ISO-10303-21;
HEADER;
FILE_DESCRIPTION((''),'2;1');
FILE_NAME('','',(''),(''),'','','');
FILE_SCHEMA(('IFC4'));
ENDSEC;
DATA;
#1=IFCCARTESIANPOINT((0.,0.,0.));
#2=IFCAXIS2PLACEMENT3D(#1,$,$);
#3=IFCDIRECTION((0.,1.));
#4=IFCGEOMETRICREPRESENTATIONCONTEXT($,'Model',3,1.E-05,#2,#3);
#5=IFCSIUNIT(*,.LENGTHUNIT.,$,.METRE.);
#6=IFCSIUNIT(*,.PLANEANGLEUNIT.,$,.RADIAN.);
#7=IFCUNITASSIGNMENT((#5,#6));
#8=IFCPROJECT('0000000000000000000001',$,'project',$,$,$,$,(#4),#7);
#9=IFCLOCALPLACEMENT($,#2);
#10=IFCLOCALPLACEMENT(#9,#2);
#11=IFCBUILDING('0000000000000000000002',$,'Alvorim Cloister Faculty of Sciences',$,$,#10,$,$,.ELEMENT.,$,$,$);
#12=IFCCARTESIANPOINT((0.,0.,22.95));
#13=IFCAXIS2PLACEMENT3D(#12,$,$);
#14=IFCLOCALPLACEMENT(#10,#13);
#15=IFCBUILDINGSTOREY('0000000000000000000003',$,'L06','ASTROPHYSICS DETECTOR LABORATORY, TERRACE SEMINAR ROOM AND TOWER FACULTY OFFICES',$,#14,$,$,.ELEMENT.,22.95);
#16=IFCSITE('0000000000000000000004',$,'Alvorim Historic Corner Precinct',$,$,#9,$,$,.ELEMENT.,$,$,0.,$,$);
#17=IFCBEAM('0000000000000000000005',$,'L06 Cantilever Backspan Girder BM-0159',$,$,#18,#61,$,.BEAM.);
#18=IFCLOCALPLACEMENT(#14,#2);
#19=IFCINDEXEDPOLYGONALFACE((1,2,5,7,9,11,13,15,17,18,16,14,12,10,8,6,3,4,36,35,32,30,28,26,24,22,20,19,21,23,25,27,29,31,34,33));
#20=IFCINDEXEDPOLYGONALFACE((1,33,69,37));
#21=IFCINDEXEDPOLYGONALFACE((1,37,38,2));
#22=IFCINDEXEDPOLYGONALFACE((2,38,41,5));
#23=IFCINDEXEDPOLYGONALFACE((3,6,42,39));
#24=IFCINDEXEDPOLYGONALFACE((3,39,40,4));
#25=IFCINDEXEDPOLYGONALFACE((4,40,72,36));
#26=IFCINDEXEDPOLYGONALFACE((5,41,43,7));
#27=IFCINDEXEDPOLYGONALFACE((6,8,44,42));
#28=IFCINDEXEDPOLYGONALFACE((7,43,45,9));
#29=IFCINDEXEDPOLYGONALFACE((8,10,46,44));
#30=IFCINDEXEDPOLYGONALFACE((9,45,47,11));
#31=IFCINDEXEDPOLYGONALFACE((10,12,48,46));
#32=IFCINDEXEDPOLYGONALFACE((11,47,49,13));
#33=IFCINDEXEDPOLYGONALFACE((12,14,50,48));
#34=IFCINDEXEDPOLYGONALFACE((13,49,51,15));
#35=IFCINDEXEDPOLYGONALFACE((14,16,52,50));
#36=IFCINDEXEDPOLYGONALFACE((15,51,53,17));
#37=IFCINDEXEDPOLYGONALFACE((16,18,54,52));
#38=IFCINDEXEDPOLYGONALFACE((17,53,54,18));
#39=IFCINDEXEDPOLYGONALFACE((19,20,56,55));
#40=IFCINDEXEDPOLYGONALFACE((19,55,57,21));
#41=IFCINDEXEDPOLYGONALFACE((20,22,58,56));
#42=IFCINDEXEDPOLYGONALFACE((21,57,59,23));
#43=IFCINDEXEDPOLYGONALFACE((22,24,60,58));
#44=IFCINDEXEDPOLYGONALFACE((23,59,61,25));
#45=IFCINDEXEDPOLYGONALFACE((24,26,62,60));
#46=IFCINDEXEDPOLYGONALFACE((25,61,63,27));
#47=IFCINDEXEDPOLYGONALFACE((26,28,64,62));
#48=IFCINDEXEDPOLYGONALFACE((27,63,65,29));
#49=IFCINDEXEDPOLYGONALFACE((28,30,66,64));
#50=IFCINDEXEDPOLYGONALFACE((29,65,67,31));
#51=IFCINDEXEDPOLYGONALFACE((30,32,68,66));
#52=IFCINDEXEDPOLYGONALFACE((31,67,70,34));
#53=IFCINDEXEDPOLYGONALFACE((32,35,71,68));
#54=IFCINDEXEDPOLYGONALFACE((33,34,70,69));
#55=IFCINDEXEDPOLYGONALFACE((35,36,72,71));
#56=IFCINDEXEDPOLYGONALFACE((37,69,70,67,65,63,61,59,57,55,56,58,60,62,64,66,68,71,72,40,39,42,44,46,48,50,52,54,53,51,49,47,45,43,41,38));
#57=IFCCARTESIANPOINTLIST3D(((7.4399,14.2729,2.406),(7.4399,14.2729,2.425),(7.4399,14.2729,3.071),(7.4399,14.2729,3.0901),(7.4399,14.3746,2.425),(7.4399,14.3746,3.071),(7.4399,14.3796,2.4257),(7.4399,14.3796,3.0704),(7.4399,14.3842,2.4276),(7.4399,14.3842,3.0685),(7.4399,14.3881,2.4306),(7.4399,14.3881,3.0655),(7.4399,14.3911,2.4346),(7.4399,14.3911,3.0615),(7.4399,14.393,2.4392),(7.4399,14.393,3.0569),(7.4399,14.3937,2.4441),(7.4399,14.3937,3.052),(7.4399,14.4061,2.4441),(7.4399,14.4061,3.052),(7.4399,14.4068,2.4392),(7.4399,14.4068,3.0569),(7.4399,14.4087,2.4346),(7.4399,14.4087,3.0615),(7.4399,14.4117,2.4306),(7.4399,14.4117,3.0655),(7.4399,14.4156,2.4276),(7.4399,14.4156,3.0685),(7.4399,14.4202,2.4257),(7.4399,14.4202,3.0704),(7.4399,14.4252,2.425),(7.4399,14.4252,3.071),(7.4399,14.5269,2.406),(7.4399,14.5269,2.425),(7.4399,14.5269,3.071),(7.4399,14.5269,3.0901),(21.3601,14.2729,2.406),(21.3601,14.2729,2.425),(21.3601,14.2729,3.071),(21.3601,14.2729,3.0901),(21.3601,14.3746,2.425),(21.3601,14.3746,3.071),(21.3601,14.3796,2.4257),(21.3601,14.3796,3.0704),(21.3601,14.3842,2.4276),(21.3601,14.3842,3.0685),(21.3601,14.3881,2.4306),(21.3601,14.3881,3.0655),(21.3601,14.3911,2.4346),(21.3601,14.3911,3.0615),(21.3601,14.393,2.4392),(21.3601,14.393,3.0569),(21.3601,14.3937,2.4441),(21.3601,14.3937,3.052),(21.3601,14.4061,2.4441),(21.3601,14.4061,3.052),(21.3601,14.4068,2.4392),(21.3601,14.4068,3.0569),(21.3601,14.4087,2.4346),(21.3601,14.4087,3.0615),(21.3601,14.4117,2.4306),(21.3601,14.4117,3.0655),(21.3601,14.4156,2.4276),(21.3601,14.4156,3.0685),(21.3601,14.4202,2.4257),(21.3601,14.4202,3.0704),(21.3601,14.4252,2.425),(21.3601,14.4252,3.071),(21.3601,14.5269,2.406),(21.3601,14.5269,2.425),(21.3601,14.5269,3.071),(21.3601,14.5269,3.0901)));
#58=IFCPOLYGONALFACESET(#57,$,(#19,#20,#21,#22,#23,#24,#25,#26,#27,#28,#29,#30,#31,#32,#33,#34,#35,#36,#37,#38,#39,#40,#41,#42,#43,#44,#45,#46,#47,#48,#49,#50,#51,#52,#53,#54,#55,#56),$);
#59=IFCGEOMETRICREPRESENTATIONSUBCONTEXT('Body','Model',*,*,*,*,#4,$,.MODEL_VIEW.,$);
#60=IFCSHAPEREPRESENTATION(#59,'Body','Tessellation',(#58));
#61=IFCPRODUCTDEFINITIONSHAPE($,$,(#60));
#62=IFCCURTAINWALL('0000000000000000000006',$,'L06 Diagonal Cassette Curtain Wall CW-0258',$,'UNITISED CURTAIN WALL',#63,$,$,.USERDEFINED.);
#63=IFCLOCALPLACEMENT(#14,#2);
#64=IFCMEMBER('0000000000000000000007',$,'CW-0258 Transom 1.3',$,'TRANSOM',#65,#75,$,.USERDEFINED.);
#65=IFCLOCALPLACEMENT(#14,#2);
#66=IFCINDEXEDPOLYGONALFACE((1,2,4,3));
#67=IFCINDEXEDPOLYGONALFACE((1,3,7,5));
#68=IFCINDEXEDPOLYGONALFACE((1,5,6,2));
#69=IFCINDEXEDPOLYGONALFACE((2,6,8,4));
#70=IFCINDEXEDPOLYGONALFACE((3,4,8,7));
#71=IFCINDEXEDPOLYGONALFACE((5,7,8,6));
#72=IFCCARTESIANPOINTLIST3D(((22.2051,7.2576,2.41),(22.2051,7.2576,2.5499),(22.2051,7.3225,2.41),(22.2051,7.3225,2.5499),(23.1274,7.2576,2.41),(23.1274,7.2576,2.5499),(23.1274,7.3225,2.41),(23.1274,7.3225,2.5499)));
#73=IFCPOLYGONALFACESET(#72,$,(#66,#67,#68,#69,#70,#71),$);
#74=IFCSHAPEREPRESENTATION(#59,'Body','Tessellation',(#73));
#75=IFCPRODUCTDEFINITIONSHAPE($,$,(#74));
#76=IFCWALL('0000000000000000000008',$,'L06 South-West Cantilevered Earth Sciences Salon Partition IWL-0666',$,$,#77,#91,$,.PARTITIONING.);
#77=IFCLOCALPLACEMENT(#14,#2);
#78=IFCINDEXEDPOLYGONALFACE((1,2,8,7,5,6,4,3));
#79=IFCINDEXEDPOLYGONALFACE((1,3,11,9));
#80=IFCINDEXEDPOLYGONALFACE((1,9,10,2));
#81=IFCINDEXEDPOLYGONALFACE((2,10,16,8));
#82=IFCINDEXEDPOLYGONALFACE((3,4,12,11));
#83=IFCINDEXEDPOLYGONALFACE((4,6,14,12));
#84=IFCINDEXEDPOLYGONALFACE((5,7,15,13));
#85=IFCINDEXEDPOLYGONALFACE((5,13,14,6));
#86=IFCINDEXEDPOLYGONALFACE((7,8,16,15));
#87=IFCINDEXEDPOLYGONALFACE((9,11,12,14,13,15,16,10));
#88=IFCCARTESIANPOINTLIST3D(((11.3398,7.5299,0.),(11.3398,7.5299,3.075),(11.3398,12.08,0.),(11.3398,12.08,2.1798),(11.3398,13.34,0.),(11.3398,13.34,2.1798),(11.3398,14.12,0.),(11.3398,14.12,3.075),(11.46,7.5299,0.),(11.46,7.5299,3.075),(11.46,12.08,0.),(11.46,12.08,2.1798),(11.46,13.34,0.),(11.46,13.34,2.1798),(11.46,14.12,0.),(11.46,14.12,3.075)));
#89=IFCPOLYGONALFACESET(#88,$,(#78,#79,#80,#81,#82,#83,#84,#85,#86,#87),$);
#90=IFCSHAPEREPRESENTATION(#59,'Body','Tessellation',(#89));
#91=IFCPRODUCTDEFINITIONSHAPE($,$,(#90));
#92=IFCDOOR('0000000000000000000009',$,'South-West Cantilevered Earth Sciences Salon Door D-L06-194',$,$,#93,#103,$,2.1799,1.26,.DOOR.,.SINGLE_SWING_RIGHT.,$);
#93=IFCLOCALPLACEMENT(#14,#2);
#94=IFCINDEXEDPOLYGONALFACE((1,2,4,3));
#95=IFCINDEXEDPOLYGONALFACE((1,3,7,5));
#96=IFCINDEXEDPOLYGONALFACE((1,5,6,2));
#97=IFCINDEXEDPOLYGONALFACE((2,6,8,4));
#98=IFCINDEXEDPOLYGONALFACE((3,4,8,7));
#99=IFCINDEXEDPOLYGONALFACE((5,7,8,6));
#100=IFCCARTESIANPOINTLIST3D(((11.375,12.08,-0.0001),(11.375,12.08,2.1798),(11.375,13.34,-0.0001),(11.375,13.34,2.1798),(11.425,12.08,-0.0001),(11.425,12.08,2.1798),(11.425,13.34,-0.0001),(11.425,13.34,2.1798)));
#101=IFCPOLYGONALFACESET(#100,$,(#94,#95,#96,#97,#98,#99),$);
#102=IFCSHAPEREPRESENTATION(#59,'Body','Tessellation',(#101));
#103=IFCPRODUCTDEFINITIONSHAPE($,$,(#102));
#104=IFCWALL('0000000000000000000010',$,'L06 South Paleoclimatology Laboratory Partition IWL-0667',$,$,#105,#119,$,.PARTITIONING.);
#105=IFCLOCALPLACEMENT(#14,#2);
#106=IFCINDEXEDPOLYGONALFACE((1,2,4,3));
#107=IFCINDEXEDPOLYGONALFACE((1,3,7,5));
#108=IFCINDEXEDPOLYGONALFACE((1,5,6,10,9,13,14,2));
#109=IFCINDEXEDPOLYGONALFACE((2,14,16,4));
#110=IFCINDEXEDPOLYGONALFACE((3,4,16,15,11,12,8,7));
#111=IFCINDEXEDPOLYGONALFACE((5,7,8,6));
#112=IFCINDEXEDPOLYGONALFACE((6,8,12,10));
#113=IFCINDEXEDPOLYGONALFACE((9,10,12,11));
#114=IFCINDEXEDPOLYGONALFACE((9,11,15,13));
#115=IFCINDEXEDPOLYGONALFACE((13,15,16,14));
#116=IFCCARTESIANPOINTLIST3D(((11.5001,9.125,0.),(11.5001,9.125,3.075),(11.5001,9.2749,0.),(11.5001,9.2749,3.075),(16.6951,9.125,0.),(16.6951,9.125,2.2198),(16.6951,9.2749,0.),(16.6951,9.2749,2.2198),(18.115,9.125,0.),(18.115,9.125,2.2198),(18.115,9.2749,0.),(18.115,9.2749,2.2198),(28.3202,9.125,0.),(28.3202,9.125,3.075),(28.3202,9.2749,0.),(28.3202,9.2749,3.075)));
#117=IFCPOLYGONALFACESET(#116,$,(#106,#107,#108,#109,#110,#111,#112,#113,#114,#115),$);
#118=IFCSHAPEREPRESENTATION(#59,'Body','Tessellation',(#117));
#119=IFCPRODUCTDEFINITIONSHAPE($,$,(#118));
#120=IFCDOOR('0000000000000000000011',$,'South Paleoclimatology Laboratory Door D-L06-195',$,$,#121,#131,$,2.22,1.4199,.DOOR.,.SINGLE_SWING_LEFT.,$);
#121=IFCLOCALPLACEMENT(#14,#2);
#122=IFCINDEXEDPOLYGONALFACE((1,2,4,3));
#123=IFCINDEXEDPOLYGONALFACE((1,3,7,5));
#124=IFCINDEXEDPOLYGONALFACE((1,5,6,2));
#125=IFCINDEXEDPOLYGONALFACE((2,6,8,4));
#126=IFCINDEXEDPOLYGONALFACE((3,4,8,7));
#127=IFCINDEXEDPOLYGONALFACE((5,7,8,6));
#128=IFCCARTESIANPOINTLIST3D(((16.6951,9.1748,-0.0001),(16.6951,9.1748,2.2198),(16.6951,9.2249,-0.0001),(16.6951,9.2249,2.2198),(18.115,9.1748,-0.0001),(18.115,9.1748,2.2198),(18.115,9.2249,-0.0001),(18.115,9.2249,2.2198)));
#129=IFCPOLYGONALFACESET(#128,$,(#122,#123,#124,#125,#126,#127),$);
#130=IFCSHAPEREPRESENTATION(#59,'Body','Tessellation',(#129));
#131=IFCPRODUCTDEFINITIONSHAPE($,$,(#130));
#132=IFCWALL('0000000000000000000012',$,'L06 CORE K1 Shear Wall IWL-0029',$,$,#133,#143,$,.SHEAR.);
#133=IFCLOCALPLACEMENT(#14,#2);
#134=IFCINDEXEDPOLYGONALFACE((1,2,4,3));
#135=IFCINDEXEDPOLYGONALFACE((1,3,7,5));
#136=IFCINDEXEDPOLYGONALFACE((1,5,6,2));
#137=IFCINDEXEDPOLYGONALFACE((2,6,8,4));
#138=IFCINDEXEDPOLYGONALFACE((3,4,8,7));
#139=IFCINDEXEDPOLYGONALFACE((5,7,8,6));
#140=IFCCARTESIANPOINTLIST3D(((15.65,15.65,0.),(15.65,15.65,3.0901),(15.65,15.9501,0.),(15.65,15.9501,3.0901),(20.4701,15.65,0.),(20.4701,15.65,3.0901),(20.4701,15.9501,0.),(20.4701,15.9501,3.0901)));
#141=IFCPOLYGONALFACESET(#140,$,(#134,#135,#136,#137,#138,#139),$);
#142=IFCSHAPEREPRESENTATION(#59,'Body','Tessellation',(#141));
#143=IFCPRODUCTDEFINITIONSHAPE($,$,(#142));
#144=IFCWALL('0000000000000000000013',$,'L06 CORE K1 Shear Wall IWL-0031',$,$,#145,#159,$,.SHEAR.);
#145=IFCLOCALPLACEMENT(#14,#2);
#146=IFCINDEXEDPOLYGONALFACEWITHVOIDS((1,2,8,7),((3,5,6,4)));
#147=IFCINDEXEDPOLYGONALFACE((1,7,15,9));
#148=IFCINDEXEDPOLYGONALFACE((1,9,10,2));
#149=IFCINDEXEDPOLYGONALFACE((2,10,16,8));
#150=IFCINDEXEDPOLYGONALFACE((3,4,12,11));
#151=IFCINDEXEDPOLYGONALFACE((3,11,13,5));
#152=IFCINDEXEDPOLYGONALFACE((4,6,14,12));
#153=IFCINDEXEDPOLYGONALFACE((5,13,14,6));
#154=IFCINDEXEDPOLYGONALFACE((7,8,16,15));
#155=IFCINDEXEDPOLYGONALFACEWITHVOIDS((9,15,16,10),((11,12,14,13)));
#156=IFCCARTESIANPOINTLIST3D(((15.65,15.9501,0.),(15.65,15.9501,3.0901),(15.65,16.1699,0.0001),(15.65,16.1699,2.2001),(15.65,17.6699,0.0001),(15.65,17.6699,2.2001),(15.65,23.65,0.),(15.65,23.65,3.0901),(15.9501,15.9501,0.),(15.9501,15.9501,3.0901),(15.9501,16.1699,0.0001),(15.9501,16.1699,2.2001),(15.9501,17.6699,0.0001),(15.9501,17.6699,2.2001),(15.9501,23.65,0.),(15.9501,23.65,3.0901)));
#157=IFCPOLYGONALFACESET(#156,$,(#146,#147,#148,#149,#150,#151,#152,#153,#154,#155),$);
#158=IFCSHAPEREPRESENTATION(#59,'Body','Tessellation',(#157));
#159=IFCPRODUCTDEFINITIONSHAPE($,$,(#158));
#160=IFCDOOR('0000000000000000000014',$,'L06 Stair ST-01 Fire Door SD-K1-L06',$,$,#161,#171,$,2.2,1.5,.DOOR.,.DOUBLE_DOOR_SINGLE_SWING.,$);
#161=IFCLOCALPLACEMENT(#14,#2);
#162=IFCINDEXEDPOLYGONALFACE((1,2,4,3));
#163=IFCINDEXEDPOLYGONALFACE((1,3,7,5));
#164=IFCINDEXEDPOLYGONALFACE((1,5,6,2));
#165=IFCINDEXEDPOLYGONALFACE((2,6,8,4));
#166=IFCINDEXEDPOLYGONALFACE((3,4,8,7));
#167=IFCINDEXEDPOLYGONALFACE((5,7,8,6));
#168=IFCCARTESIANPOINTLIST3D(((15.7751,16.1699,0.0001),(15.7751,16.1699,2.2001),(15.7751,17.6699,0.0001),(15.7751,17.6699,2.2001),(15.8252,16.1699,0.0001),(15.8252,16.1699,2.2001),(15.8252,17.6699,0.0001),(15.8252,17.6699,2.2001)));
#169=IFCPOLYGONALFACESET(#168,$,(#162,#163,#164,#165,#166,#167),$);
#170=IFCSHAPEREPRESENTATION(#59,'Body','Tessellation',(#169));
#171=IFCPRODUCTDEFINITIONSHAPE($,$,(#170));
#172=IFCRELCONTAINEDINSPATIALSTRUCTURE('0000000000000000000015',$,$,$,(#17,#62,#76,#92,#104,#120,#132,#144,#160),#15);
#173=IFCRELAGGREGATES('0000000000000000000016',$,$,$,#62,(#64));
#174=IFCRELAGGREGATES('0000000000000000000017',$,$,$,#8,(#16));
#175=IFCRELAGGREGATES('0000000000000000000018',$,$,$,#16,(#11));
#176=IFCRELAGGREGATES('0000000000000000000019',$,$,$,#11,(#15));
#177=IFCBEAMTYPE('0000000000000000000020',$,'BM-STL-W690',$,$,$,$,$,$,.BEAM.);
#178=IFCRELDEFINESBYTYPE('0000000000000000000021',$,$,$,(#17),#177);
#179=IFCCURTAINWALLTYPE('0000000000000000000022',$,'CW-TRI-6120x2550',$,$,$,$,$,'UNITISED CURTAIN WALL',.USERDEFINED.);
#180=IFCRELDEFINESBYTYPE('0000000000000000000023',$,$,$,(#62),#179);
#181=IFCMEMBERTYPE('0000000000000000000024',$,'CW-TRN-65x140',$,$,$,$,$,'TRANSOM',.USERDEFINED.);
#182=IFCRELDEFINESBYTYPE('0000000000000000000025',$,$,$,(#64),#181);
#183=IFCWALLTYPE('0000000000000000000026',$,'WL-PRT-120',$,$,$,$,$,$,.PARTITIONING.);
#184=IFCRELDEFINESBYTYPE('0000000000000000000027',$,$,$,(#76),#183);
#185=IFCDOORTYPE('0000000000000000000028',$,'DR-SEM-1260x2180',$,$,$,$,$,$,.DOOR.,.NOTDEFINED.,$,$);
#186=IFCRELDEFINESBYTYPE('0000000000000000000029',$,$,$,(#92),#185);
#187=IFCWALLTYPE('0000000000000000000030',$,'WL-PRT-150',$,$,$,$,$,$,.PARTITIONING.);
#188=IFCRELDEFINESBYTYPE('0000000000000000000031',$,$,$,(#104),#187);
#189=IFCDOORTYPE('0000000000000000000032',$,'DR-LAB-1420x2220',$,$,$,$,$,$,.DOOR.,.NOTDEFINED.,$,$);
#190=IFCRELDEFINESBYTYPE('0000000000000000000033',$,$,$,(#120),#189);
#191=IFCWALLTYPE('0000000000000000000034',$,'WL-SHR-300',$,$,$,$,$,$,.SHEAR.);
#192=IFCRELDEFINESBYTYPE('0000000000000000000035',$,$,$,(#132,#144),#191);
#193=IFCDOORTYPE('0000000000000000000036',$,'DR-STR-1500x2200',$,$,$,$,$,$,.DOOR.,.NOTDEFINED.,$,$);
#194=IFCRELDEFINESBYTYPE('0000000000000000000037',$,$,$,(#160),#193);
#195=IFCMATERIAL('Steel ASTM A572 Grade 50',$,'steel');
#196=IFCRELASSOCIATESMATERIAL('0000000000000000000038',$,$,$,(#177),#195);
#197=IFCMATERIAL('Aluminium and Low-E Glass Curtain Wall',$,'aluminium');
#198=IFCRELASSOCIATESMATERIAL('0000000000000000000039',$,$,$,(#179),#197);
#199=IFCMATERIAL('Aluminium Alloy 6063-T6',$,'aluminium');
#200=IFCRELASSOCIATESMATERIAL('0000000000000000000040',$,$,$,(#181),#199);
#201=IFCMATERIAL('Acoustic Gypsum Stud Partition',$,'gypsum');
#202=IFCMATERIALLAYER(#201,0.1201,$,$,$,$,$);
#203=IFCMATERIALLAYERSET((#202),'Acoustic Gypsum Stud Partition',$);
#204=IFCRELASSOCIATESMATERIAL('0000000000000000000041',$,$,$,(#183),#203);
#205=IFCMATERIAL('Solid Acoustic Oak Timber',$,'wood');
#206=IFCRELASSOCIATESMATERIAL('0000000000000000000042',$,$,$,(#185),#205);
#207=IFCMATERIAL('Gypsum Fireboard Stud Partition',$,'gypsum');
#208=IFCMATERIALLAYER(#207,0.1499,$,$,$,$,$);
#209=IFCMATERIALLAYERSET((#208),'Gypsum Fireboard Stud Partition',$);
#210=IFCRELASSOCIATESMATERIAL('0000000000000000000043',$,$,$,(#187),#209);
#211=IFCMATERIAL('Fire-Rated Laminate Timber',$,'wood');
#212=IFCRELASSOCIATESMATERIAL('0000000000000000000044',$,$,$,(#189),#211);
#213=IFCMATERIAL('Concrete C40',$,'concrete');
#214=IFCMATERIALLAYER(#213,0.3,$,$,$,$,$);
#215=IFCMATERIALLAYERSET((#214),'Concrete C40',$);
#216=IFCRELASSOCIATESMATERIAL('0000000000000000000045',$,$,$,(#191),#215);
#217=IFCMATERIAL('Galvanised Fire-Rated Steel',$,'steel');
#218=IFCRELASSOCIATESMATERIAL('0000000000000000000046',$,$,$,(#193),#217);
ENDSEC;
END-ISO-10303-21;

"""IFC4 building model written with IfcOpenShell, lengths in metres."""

from ifc_helpers import new_model, si_unit, direction, frame, frame_2d, origin, origin_2d, place, context, subcontext, project, spatial, rectangle, i_section, extrude, material, layer, layer_set, material_profile, profile_set, type_object, element, fill, aggregate, save


model = new_model("IFC4")

# Units and contexts
model_context = context("Model", 3, precision=1e-05, world=origin(), true_north=direction((0.0, 1.0)))
body_context = subcontext(model_context, "Body", "Model", "MODEL_VIEW")
ifc_project = project(units=[si_unit("LENGTHUNIT", "METRE"), si_unit("PLANEANGLEUNIT", "RADIAN")], contexts=[model_context])

# Site, building, storey
site_placement = place(None, origin())
site = spatial("IfcSite", under=ifc_project, at=site_placement, Name="Alvorim Historic Corner Precinct", CompositionType="ELEMENT", RefElevation=0.0)
building_placement = place(site_placement, origin())
building = spatial("IfcBuilding", under=site, at=building_placement, Name="Alvorim Cloister Faculty of Sciences", CompositionType="ELEMENT")
storey_placement = place(building_placement, frame((0.0, 0.0, 22.95)))
storey = spatial("IfcBuildingStorey", under=building, at=storey_placement, Name="L06", Description="ASTROPHYSICS DETECTOR LABORATORY, TERRACE SEMINAR ROOM AND TOWER FACULTY OFFICES", CompositionType="ELEMENT", Elevation=22.95)

# Beam
ifc_material_1 = material(Name="Steel ASTM A572 Grade 50", Category="steel")
ifc_material_profile_1 = material_profile(ifc_material_1, i_section(OverallWidth=0.2539, OverallDepth=0.6841, WebThickness=0.0125, FlangeThickness=0.019, FilletRadius=0.019, at=origin_2d()), Name="W690x140.0")
ifc_profile_set_1 = profile_set([ifc_material_profile_1], Name="Steel ASTM A572 Grade 50")
beam_type_1 = type_object("IfcBeamType", Name="BM-STL-W690", PredefinedType="BEAM", material=ifc_profile_set_1)
beam_1_placement = place(storey_placement, frame((7.4399, 14.3999, 2.748), z_axis=(1.0, 0.0, 0.0), x_axis=(0.0, 1.0, 0.0)))
element("IfcBeam", 1, at=beam_1_placement, inside=storey, type_object=beam_type_1, Name="L06 Cantilever Backspan Girder BM-0159", PredefinedType="BEAM", context=body_context, shape_type="SweptSolid", body=[
    extrude(i_section(OverallWidth=0.2539, OverallDepth=0.6841, WebThickness=0.0125, FlangeThickness=0.019, FilletRadius=0.019, at=origin_2d()), origin(), (0.0, 0.0, 1.0), 13.9202),
])

# Curtain wall, member
ifc_material_2 = material(Name="Aluminium and Low-E Glass Curtain Wall", Category="aluminium")
curtain_wall_type = type_object("IfcCurtainWallType", Name="CW-TRI-6120x2550", ElementType="UNITISED CURTAIN WALL", PredefinedType="USERDEFINED", material=ifc_material_2)
curtain_wall_placement = place(storey_placement, origin())
curtain_wall = element("IfcCurtainWall", 2, at=curtain_wall_placement, inside=storey, type_object=curtain_wall_type, Name="L06 Diagonal Cassette Curtain Wall CW-0258", ObjectType="UNITISED CURTAIN WALL", PredefinedType="USERDEFINED")
ifc_material_3 = material(Name="Aluminium Alloy 6063-T6", Category="aluminium")
ifc_material_profile_2 = material_profile(ifc_material_3, rectangle(XDim=0.0649, YDim=0.1399, at=origin_2d()), Name="ALU-TRN-65x140")
ifc_profile_set_2 = profile_set([ifc_material_profile_2], Name="Aluminium Alloy 6063-T6")
member_type = type_object("IfcMemberType", Name="CW-TRN-65x140", ElementType="TRANSOM", PredefinedType="USERDEFINED", material=ifc_profile_set_2)
member_placement = place(storey_placement, frame((22.2051, 7.29, 2.48), z_axis=(1.0, 0.0, 0.0), x_axis=(0.0, 1.0, 0.0)))
member = element("IfcMember", 3, at=member_placement, type_object=member_type, Name="CW-0258 Transom 1.3", ObjectType="TRANSOM", PredefinedType="USERDEFINED", context=body_context, shape_type="SweptSolid", body=[
    extrude(rectangle(XDim=0.0649, YDim=0.1399, at=origin_2d()), origin(), (0.0, 0.0, 1.0), 0.9224),
])
aggregate(curtain_wall, [member])

# Walls, openings, doors
ifc_material_4 = material(Name="Acoustic Gypsum Stud Partition", Category="gypsum")
ifc_layer_1 = layer(ifc_material_4, 0.1201)
ifc_layer_set_1 = layer_set([ifc_layer_1], Name="Acoustic Gypsum Stud Partition")
wall_type_1 = type_object("IfcWallType", Name="WL-PRT-120", PredefinedType="PARTITIONING", material=ifc_layer_set_1)
wall_1_placement = place(storey_placement, frame((11.3999, 7.53, 0.0), z_axis=(0.0, 0.0, 1.0), x_axis=(0.0, 1.0, 0.0)))
wall_1 = element("IfcWall", 4, at=wall_1_placement, inside=storey, type_object=wall_type_1, Name="L06 South-West Cantilevered Earth Sciences Salon Partition IWL-0666", PredefinedType="PARTITIONING", context=body_context, shape_type="SweptSolid", body=[
    extrude(rectangle(XDim=6.5901, YDim=0.1201, at=frame_2d((3.2949, 0.0))), origin(), (0.0, 0.0, 1.0), 3.075),
])
opening_1_placement = place(wall_1_placement, frame((4.55, 0.0, 0.0)))
opening_1 = element("IfcOpeningElement", 5, at=opening_1_placement, cuts=wall_1, PredefinedType="OPENING", context=body_context, shape_type="SweptSolid", body=[
    extrude(rectangle(XDim=1.26, YDim=2.1799, at=frame_2d((0.6299, 1.0898))), frame((0.0, 0.072, 0.0), z_axis=(0.0, -1.0, 0.0), x_axis=(1.0, 0.0, 0.0)), (0.0, 0.0, 1.0), 0.144),
])
ifc_material_5 = material(Name="Solid Acoustic Oak Timber", Category="wood")
door_type_1 = type_object("IfcDoorType", Name="DR-SEM-1260x2180", OperationType="NOTDEFINED", PredefinedType="DOOR", material=ifc_material_5)
door_1_placement = place(opening_1_placement, origin())
door_1 = element("IfcDoor", 6, at=door_1_placement, inside=storey, type_object=door_type_1, Name="South-West Cantilevered Earth Sciences Salon Door D-L06-194", OperationType="SINGLE_SWING_RIGHT", OverallHeight=2.1799, OverallWidth=1.26, PredefinedType="DOOR", context=body_context, shape_type="SweptSolid", body=[
    extrude(rectangle(XDim=1.26, YDim=2.1799, at=frame_2d((0.6299, 1.0898))), frame((0.0, 0.0249, 0.0), z_axis=(0.0, -1.0, 0.0), x_axis=(1.0, 0.0, 0.0)), (0.0, 0.0, 1.0), 0.05),
])
fill(opening_1, door_1)
ifc_material_6 = material(Name="Gypsum Fireboard Stud Partition", Category="gypsum")
ifc_layer_2 = layer(ifc_material_6, 0.1499)
ifc_layer_set_2 = layer_set([ifc_layer_2], Name="Gypsum Fireboard Stud Partition")
wall_type_2 = type_object("IfcWallType", Name="WL-PRT-150", PredefinedType="PARTITIONING", material=ifc_layer_set_2)
wall_2_placement = place(storey_placement, frame((11.5, 9.2, 0.0), z_axis=(0.0, 0.0, 1.0), x_axis=(1.0, 0.0, 0.0)))
wall_2 = element("IfcWall", 7, at=wall_2_placement, inside=storey, type_object=wall_type_2, Name="L06 South Paleoclimatology Laboratory Partition IWL-0667", PredefinedType="PARTITIONING", context=body_context, shape_type="SweptSolid", body=[
    extrude(rectangle(XDim=16.8201, YDim=0.1499, at=frame_2d((8.4102, 0.0))), origin(), (0.0, 0.0, 1.0), 3.075),
])
opening_2_placement = place(wall_2_placement, frame((5.1951, 0.0, 0.0)))
opening_2 = element("IfcOpeningElement", 8, at=opening_2_placement, cuts=wall_2, PredefinedType="OPENING", context=body_context, shape_type="SweptSolid", body=[
    extrude(rectangle(XDim=1.4199, YDim=2.22, at=frame_2d((0.71, 1.1099))), frame((0.0, 0.0869, 0.0), z_axis=(0.0, -1.0, 0.0), x_axis=(1.0, 0.0, 0.0)), (0.0, 0.0, 1.0), 0.1738),
])
ifc_material_7 = material(Name="Fire-Rated Laminate Timber", Category="wood")
door_type_2 = type_object("IfcDoorType", Name="DR-LAB-1420x2220", OperationType="NOTDEFINED", PredefinedType="DOOR", material=ifc_material_7)
door_2_placement = place(opening_2_placement, origin())
door_2 = element("IfcDoor", 9, at=door_2_placement, inside=storey, type_object=door_type_2, Name="South Paleoclimatology Laboratory Door D-L06-195", OperationType="SINGLE_SWING_LEFT", OverallHeight=2.22, OverallWidth=1.4199, PredefinedType="DOOR", context=body_context, shape_type="SweptSolid", body=[
    extrude(rectangle(XDim=1.4199, YDim=2.22, at=frame_2d((0.71, 1.1099))), frame((0.0, 0.0249, 0.0), z_axis=(0.0, -1.0, 0.0), x_axis=(1.0, 0.0, 0.0)), (0.0, 0.0, 1.0), 0.05),
])
fill(opening_2, door_2)

# Wall
ifc_material_8 = material(Name="Concrete C40", Category="concrete")
ifc_layer_3 = layer(ifc_material_8, 0.3)
ifc_layer_set_3 = layer_set([ifc_layer_3], Name="Concrete C40")
wall_type_3 = type_object("IfcWallType", Name="WL-SHR-300", PredefinedType="SHEAR", material=ifc_layer_set_3)
wall_3_placement = place(storey_placement, frame((15.6499, 15.8, 0.0), z_axis=(0.0, 0.0, 1.0), x_axis=(1.0, 0.0, 0.0)))
element("IfcWall", 10, at=wall_3_placement, inside=storey, type_object=wall_type_3, Name="L06 CORE K1 Shear Wall IWL-0029", PredefinedType="SHEAR", context=body_context, shape_type="SweptSolid", body=[
    extrude(rectangle(XDim=4.8201, YDim=0.3, at=frame_2d((2.4102, 0.0))), origin(), (0.0, 0.0, 1.0), 3.0901),
])

# Wall, opening, door
wall_4_placement = place(storey_placement, frame((15.8, 15.95, 0.0), z_axis=(0.0, 0.0, 1.0), x_axis=(0.0, 1.0, 0.0)))
wall_4 = element("IfcWall", 11, at=wall_4_placement, inside=storey, type_object=wall_type_3, Name="L06 CORE K1 Shear Wall IWL-0031", PredefinedType="SHEAR", context=body_context, shape_type="SweptSolid", body=[
    extrude(rectangle(XDim=7.7, YDim=0.3, at=frame_2d((3.8501, 0.0))), origin(), (0.0, 0.0, 1.0), 3.0901),
])
opening_3_placement = place(wall_4_placement, frame((0.22, 0.0, 0.0)))
opening_3 = element("IfcOpeningElement", 12, at=opening_3_placement, cuts=wall_4, PredefinedType="OPENING", context=body_context, shape_type="SweptSolid", body=[
    extrude(rectangle(XDim=1.5, YDim=2.2, at=frame_2d((0.75, 1.1001))), frame((0.0, 0.1621, 0.0), z_axis=(0.0, -1.0, 0.0), x_axis=(1.0, 0.0, 0.0)), (0.0, 0.0, 1.0), 0.324),
])
ifc_material_9 = material(Name="Galvanised Fire-Rated Steel", Category="steel")
door_type_3 = type_object("IfcDoorType", Name="DR-STR-1500x2200", OperationType="NOTDEFINED", PredefinedType="DOOR", material=ifc_material_9)
door_3_placement = place(opening_3_placement, origin())
door_3 = element("IfcDoor", 13, at=door_3_placement, inside=storey, type_object=door_type_3, Name="L06 Stair ST-01 Fire Door SD-K1-L06", OperationType="DOUBLE_DOOR_SINGLE_SWING", OverallHeight=2.2, OverallWidth=1.5, PredefinedType="DOOR", context=body_context, shape_type="SweptSolid", body=[
    extrude(rectangle(XDim=1.5, YDim=2.2, at=frame_2d((0.75, 1.1001))), frame((0.0, 0.0249, 0.0), z_axis=(0.0, -1.0, 0.0), x_axis=(1.0, 0.0, 0.0)), (0.0, 0.0, 1.0), 0.05),
])
fill(opening_3, door_3)

save(model, "model.ifc")
